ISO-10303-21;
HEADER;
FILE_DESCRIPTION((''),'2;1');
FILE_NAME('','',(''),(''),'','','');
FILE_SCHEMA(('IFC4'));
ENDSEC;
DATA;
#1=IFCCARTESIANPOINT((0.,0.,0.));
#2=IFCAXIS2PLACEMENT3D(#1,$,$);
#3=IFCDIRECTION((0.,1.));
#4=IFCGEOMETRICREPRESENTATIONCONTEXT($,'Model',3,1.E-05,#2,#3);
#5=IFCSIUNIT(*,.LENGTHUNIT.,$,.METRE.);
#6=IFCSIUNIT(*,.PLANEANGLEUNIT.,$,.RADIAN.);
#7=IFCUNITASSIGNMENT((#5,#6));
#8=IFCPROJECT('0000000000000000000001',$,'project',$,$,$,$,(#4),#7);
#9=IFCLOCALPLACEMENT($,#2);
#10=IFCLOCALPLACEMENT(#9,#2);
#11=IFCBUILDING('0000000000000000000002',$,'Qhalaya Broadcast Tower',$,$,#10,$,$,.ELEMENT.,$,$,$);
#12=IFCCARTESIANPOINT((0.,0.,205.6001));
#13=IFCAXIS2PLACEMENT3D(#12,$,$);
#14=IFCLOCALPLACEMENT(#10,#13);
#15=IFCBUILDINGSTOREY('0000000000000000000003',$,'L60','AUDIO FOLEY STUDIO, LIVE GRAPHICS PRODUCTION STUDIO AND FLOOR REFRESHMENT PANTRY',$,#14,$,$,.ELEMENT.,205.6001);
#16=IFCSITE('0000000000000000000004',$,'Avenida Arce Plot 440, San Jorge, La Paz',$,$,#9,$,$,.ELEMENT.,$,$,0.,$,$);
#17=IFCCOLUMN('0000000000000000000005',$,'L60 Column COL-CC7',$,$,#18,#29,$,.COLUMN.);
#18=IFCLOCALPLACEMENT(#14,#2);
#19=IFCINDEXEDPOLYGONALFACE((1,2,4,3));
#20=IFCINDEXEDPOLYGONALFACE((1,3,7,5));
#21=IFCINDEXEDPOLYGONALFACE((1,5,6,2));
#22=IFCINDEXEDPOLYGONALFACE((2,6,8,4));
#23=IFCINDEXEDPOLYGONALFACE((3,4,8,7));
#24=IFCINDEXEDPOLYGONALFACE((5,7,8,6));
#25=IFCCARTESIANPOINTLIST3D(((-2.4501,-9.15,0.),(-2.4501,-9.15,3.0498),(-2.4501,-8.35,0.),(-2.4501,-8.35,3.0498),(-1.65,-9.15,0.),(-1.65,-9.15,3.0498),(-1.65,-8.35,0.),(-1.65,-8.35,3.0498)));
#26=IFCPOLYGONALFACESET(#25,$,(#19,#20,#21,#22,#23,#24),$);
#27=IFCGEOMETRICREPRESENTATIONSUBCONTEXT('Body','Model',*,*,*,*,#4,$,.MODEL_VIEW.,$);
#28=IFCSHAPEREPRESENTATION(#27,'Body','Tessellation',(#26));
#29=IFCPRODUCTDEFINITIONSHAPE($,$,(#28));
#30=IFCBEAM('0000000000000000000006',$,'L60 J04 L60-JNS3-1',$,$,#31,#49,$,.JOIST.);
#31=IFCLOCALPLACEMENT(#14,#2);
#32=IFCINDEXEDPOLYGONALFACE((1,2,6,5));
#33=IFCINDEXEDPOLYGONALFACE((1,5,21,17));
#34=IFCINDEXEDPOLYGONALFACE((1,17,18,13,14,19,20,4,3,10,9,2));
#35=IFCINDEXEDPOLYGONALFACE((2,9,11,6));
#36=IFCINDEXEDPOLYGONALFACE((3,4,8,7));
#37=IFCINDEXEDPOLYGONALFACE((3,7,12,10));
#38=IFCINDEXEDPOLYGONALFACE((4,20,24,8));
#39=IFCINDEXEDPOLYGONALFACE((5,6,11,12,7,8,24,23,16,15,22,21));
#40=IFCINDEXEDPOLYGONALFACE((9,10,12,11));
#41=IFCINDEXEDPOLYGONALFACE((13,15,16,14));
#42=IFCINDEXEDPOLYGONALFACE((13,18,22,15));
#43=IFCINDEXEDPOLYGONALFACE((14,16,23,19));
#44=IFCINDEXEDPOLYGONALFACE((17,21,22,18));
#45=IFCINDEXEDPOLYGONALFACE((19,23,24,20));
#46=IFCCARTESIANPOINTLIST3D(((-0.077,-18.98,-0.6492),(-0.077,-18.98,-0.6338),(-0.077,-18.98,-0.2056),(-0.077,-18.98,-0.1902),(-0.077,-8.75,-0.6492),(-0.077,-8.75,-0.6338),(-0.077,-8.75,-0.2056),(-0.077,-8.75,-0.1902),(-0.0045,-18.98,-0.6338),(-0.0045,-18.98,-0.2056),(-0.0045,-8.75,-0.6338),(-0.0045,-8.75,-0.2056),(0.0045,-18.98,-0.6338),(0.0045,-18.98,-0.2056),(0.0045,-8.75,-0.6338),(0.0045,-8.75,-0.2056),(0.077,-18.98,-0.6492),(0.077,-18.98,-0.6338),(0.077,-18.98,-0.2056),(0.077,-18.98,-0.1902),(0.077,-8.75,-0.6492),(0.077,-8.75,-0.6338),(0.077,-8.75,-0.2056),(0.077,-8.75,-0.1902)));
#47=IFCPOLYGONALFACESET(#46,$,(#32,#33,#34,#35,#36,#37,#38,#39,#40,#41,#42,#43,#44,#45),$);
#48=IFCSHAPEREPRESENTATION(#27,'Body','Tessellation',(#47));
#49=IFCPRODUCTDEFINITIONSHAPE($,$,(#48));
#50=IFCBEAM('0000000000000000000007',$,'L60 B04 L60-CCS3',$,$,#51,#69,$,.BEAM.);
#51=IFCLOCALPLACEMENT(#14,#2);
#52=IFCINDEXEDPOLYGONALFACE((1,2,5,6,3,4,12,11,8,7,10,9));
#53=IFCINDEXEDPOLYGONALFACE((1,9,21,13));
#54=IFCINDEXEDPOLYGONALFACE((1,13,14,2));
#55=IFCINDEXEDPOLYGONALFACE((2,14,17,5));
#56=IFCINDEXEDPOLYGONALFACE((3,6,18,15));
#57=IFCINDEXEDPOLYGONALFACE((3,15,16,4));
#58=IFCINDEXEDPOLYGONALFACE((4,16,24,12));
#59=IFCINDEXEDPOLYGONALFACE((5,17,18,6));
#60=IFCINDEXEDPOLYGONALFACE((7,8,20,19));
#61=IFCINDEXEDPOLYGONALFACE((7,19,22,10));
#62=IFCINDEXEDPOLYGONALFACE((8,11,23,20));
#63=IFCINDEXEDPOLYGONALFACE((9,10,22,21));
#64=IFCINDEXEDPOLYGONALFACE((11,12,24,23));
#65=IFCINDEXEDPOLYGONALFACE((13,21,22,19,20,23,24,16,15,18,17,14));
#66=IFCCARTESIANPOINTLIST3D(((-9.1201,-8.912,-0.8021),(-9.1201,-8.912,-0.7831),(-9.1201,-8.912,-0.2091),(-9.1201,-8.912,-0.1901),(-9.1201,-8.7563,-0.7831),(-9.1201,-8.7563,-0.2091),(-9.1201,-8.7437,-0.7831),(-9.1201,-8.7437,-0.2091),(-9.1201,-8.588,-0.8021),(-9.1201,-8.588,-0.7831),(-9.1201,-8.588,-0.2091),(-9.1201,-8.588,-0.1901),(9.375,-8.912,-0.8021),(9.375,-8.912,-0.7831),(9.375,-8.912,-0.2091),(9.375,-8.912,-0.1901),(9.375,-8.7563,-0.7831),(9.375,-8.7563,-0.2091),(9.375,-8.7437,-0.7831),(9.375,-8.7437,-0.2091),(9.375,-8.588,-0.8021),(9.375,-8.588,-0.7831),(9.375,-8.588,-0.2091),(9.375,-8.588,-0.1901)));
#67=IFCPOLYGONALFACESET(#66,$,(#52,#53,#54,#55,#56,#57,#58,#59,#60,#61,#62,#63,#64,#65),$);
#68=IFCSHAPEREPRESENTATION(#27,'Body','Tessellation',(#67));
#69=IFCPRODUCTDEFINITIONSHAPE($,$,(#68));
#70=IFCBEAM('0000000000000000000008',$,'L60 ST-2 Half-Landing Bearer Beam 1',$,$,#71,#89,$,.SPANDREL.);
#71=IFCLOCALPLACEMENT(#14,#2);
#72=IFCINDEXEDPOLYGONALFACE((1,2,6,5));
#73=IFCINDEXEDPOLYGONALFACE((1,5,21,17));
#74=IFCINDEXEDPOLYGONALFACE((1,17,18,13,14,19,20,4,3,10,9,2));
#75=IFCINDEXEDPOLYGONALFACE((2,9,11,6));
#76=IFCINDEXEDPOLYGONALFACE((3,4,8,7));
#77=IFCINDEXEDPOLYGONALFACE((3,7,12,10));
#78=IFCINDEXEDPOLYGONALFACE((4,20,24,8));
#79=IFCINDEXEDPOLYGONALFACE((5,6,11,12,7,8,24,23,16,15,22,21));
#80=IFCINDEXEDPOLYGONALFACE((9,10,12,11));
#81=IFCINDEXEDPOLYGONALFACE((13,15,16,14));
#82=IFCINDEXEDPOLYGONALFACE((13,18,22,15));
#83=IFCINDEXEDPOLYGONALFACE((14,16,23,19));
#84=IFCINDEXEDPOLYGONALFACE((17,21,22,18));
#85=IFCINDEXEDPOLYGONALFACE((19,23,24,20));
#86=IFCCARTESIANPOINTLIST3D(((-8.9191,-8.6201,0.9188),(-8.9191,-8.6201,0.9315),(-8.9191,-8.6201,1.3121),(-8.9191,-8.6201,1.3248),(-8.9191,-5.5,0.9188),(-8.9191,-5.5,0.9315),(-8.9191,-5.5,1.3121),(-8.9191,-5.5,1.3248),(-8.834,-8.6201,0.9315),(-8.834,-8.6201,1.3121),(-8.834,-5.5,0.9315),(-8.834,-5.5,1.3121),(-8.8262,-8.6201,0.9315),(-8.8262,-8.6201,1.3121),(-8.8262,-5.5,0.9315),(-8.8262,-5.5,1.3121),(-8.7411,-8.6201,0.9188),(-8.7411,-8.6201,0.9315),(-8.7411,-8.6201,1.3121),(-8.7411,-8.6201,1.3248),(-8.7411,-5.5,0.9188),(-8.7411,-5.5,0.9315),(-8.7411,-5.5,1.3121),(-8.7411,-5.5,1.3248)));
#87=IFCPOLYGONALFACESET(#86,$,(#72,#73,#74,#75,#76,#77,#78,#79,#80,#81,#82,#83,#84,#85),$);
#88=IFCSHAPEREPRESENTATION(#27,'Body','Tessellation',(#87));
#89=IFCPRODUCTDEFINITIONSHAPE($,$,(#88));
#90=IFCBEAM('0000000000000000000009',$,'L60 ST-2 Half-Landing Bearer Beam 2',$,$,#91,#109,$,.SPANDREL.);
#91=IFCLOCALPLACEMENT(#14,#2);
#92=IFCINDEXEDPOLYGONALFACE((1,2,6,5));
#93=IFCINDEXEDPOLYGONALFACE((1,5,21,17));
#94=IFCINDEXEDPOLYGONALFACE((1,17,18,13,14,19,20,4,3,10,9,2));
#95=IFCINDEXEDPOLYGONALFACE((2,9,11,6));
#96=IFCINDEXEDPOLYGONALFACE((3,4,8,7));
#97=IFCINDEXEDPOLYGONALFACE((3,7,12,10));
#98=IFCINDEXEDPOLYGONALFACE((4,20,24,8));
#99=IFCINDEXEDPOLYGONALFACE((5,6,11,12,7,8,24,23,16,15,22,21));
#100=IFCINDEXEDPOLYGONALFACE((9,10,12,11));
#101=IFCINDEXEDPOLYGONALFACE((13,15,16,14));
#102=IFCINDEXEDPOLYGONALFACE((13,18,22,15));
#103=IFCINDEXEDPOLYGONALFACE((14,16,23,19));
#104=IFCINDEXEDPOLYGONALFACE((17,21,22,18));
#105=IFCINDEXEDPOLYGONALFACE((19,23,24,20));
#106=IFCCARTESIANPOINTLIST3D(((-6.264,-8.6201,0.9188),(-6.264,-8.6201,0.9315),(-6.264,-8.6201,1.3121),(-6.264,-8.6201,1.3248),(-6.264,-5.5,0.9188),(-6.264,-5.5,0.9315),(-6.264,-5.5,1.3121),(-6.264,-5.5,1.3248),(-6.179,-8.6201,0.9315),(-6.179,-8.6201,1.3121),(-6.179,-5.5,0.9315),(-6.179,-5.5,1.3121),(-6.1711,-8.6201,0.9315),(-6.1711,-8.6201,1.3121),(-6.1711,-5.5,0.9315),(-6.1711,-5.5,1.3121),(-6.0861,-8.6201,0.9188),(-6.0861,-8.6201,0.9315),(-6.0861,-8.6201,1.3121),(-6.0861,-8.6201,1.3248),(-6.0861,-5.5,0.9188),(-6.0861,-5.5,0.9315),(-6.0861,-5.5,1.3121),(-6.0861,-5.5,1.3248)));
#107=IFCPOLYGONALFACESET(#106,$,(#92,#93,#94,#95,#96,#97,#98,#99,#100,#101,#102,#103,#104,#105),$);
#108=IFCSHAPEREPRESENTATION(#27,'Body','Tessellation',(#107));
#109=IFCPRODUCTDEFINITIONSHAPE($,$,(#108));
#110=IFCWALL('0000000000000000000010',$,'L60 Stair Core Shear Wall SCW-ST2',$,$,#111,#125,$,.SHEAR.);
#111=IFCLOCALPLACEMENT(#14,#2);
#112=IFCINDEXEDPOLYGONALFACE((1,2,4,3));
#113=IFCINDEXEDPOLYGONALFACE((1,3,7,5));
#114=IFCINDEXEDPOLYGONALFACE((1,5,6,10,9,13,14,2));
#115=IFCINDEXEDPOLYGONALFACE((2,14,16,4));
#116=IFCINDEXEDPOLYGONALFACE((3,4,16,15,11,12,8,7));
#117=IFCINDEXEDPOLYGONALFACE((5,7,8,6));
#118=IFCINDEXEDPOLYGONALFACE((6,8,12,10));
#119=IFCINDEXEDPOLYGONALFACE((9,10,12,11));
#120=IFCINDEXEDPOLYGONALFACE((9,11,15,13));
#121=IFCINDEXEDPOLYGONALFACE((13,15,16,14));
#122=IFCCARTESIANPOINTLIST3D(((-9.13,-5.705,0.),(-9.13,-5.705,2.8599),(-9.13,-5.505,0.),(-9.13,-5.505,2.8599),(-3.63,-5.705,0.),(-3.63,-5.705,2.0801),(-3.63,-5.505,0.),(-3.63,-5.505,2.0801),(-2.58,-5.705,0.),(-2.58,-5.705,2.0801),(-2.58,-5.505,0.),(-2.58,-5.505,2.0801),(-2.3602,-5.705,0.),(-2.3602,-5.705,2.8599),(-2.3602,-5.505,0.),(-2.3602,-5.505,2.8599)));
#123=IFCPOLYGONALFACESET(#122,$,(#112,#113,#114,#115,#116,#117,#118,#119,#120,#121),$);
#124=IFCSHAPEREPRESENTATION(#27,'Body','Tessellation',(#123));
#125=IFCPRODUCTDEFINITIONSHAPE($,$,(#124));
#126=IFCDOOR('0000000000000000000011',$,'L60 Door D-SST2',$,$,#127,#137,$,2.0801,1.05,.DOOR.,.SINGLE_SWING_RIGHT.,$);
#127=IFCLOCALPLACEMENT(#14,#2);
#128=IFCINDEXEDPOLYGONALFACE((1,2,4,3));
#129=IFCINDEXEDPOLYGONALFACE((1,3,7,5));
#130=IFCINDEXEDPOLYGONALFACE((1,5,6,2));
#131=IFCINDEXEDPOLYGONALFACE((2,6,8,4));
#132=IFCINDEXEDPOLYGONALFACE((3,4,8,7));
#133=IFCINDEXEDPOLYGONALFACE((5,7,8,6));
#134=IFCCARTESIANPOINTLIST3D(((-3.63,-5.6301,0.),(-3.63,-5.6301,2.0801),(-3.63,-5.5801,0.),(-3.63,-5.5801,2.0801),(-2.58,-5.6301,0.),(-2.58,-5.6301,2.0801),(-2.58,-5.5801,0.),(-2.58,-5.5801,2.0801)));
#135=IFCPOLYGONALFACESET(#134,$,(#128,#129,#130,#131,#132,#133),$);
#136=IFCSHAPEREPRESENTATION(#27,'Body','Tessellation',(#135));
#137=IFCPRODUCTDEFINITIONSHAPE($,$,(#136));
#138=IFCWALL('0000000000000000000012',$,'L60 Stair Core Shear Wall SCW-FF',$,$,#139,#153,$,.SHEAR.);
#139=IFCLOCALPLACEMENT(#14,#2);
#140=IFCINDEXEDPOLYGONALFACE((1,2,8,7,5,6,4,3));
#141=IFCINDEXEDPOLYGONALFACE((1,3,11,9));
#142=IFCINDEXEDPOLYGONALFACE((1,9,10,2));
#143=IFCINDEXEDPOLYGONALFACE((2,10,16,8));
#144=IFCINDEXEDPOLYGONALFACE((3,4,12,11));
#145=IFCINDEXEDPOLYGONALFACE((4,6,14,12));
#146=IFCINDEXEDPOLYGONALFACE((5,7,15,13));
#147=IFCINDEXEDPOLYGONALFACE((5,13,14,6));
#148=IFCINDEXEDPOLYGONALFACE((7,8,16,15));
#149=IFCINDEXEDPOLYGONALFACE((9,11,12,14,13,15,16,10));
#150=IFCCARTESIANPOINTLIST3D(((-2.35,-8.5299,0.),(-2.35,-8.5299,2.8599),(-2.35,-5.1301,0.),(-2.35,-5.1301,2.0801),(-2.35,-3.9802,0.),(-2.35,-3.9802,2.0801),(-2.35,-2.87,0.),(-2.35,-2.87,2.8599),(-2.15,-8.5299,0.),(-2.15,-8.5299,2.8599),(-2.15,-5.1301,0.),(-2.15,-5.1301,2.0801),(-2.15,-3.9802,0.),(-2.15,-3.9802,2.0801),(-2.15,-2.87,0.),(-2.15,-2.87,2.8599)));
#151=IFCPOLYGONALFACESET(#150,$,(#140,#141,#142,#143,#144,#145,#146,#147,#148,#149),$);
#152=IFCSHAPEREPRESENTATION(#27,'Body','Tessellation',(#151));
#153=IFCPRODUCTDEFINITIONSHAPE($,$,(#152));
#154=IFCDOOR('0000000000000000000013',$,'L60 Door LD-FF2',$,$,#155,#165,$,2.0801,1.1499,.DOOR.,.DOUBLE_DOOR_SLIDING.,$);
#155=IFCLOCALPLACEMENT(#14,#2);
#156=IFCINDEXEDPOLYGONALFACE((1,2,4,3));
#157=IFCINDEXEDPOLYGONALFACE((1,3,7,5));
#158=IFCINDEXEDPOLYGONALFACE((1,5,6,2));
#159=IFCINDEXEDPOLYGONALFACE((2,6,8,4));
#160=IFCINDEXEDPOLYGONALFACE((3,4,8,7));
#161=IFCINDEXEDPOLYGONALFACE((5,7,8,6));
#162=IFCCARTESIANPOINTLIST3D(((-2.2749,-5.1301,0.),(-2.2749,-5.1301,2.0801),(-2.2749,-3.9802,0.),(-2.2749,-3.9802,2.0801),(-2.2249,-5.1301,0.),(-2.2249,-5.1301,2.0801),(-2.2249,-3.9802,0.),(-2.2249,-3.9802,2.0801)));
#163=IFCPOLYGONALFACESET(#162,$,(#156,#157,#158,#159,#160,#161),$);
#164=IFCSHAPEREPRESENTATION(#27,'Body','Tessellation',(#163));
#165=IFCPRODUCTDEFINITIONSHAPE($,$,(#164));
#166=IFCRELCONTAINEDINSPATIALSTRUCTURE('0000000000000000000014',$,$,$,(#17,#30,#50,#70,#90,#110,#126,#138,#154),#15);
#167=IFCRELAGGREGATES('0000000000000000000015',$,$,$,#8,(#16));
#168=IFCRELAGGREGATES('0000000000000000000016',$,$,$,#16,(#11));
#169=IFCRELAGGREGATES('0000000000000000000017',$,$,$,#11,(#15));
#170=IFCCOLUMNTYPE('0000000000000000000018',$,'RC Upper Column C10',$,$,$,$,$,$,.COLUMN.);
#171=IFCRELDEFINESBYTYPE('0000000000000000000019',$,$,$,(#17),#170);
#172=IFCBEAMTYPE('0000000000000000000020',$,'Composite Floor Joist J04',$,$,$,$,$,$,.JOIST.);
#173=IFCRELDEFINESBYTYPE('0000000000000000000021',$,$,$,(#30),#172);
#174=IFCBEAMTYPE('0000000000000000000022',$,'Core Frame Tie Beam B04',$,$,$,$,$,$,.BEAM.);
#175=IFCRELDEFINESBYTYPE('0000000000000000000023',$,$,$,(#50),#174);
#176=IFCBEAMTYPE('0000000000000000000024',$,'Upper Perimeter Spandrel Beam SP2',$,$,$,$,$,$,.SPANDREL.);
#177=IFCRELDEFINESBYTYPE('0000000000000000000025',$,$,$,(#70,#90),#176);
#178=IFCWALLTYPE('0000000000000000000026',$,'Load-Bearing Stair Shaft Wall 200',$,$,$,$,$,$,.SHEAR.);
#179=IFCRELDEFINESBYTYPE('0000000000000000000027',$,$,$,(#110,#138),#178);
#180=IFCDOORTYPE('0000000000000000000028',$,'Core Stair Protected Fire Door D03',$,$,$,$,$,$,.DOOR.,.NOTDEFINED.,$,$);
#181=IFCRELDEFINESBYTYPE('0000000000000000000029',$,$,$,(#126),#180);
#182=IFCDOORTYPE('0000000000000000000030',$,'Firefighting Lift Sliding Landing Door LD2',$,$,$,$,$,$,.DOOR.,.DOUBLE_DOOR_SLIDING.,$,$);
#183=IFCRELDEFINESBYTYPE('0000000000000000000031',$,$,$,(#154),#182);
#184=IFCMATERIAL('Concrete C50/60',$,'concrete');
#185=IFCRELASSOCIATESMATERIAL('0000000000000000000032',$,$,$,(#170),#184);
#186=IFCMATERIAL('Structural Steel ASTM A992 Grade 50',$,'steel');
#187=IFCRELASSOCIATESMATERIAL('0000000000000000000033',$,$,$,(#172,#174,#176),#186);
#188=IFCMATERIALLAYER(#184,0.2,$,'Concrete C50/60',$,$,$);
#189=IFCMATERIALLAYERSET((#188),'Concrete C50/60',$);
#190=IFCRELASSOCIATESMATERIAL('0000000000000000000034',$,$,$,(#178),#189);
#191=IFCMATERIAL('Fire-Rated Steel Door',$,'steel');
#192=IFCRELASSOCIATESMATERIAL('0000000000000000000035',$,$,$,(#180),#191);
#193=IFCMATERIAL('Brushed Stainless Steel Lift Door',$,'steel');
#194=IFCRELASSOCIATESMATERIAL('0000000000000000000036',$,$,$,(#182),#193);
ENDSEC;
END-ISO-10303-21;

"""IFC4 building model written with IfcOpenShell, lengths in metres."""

from ifc_helpers import new_model, si_unit, direction, frame, frame_2d, origin, origin_2d, place, context, subcontext, project, spatial, rectangle, i_section, extrude, material, layer, layer_set, material_profile, profile_set, type_object, element, fill, save


model = new_model("IFC4")

# Units and contexts
model_context = context("Model", 3, precision=1e-05, world=origin(), true_north=direction((0.0, 1.0)))
body_context = subcontext(model_context, "Body", "Model", "MODEL_VIEW")
ifc_project = project(units=[si_unit("LENGTHUNIT", "METRE"), si_unit("PLANEANGLEUNIT", "RADIAN")], contexts=[model_context])

# Site, building, storey
site_placement = place(None, origin())
site = spatial("IfcSite", under=ifc_project, at=site_placement, Name="Avenida Arce Plot 440, San Jorge, La Paz", CompositionType="ELEMENT", RefElevation=0.0)
building_placement = place(site_placement, origin())
building = spatial("IfcBuilding", under=site, at=building_placement, Name="Qhalaya Broadcast Tower", CompositionType="ELEMENT")
storey_placement = place(building_placement, frame((0.0, 0.0, 205.6001)))
storey = spatial("IfcBuildingStorey", under=building, at=storey_placement, Name="L60", Description="AUDIO FOLEY STUDIO, LIVE GRAPHICS PRODUCTION STUDIO AND FLOOR REFRESHMENT PANTRY", CompositionType="ELEMENT", Elevation=205.6001)

# Column
ifc_material_1 = material(Name="Concrete C50/60", Category="concrete")
ifc_material_profile_1 = material_profile(ifc_material_1, rectangle(XDim=0.8, YDim=0.8, at=origin_2d()), Name="RC-COL 800x800")
ifc_profile_set_1 = profile_set([ifc_material_profile_1], Name="Concrete C50/60")
column_type = type_object("IfcColumnType", Name="RC Upper Column C10", PredefinedType="COLUMN", material=ifc_profile_set_1)
column_placement = place(storey_placement, frame((-2.05, -8.75, 0.0), z_axis=(0.0, 0.0, 1.0), x_axis=(1.0, 0.0, 0.0)))
element("IfcColumn", 1, at=column_placement, inside=storey, type_object=column_type, Name="L60 Column COL-CC7", PredefinedType="COLUMN", context=body_context, shape_type="SweptSolid", body=[
    extrude(rectangle(XDim=0.8, YDim=0.8, at=origin_2d()), origin(), (0.0, 0.0, 1.0), 3.0498),
])

# Beams
ifc_material_2 = material(Name="Structural Steel ASTM A992 Grade 50", Category="steel")
ifc_material_profile_2 = material_profile(ifc_material_2, i_section(OverallWidth=0.1541, OverallDepth=0.459, WebThickness=0.009, FlangeThickness=0.0154, at=origin_2d()), Name="W18X46")
ifc_profile_set_2 = profile_set([ifc_material_profile_2], Name="Structural Steel ASTM A992 Grade 50")
beam_type_1 = type_object("IfcBeamType", Name="Composite Floor Joist J04", PredefinedType="JOIST", material=ifc_profile_set_2)
beam_1_placement = place(storey_placement, frame((0.0, -18.98, -0.4197), z_axis=(0.0, 1.0, 0.0), x_axis=(-1.0, 0.0, 0.0)))
element("IfcBeam", 2, at=beam_1_placement, inside=storey, type_object=beam_type_1, Name="L60 J04 L60-JNS3-1", PredefinedType="JOIST", context=body_context, shape_type="SweptSolid", body=[
    extrude(i_section(OverallWidth=0.1541, OverallDepth=0.459, WebThickness=0.009, FlangeThickness=0.0154, at=origin_2d()), origin(), (0.0, 0.0, 1.0), 10.23),
])
ifc_material_profile_3 = material_profile(ifc_material_2, i_section(OverallWidth=0.324, OverallDepth=0.6121, WebThickness=0.0127, FlangeThickness=0.019, at=origin_2d()), Name="W24X104")
ifc_profile_set_3 = profile_set([ifc_material_profile_3], Name="Structural Steel ASTM A992 Grade 50")
beam_type_2 = type_object("IfcBeamType", Name="Core Frame Tie Beam B04", PredefinedType="BEAM", material=ifc_profile_set_3)
beam_2_placement = place(storey_placement, frame((-9.1201, -8.75, -0.4961), z_axis=(1.0, 0.0, 0.0), x_axis=(0.0, 1.0, 0.0)))
element("IfcBeam", 3, at=beam_2_placement, inside=storey, type_object=beam_type_2, Name="L60 B04 L60-CCS3", PredefinedType="BEAM", context=body_context, shape_type="SweptSolid", body=[
    extrude(i_section(OverallWidth=0.324, OverallDepth=0.6121, WebThickness=0.0127, FlangeThickness=0.019, at=origin_2d()), origin(), (0.0, 0.0, 1.0), 18.4951),
])
ifc_material_profile_4 = material_profile(ifc_material_2, i_section(OverallWidth=0.178, OverallDepth=0.406, WebThickness=0.0078, FlangeThickness=0.0127, at=origin_2d()), Name="W16X40")
ifc_profile_set_4 = profile_set([ifc_material_profile_4], Name="Structural Steel ASTM A992 Grade 50")
beam_type_3 = type_object("IfcBeamType", Name="Upper Perimeter Spandrel Beam SP2", PredefinedType="SPANDREL", material=ifc_profile_set_4)
for number, where, z_axis, x_axis, name in (
    (4, (-8.8301, -8.6201, 1.1218), (0.0, 1.0, 0.0), (-1.0, 0.0, 0.0), "L60 ST-2 Half-Landing Bearer Beam 1"),
    (5, (-6.175, -8.6201, 1.1218), (0.0, 1.0, 0.0), (-1.0, 0.0, 0.0), "L60 ST-2 Half-Landing Bearer Beam 2"),
):
    element("IfcBeam", number, at=place(storey_placement, frame(where, z_axis=z_axis, x_axis=x_axis)), inside=storey, type_object=beam_type_3, Name=name, PredefinedType="SPANDREL", context=body_context, shape_type="SweptSolid", body=[
        extrude(i_section(OverallWidth=0.178, OverallDepth=0.406, WebThickness=0.0078, FlangeThickness=0.0127, at=origin_2d()), origin(), (0.0, 0.0, 1.0), 3.1201),
    ])

# Walls, openings, doors
ifc_layer_1 = layer(ifc_material_1, 0.2, Name="Concrete C50/60")
ifc_layer_set_1 = layer_set([ifc_layer_1], Name="Concrete C50/60")
wall_type_1 = type_object("IfcWallType", Name="Load-Bearing Stair Shaft Wall 200", PredefinedType="SHEAR", material=ifc_layer_set_1)
wall_1_placement = place(storey_placement, frame((-9.1299, -5.605, 0.0), z_axis=(0.0, 0.0, 1.0), x_axis=(1.0, 0.0, 0.0)))
wall_1 = element("IfcWall", 6, at=wall_1_placement, inside=storey, type_object=wall_type_1, Name="L60 Stair Core Shear Wall SCW-ST2", PredefinedType="SHEAR", context=body_context, shape_type="SweptSolid", body=[
    extrude(rectangle(XDim=6.7698, YDim=0.2, at=frame_2d((3.3848, 0.0))), origin(), (0.0, 0.0, 1.0), 2.8599),
])
opening_1_placement = place(wall_1_placement, frame((5.5, 0.0, 0.0)))
opening_1 = element("IfcOpeningElement", 7, at=opening_1_placement, cuts=wall_1, PredefinedType="OPENING", context=body_context, shape_type="SweptSolid", body=[
    extrude(rectangle(XDim=1.05, YDim=2.0801, at=frame_2d((0.5249, 1.04))), frame((0.0, 0.1121, 0.0), z_axis=(0.0, -1.0, 0.0), x_axis=(1.0, 0.0, 0.0)), (0.0, 0.0, 1.0), 0.2239),
])
ifc_material_3 = material(Name="Fire-Rated Steel Door", Category="steel")
door_type_1 = type_object("IfcDoorType", Name="Core Stair Protected Fire Door D03", OperationType="NOTDEFINED", PredefinedType="DOOR", material=ifc_material_3)
door_1_placement = place(opening_1_placement, origin())
door_1 = element("IfcDoor", 8, at=door_1_placement, inside=storey, type_object=door_type_1, Name="L60 Door D-SST2", OperationType="SINGLE_SWING_RIGHT", OverallHeight=2.0801, OverallWidth=1.05, PredefinedType="DOOR", context=body_context, shape_type="SweptSolid", body=[
    extrude(rectangle(XDim=1.05, YDim=2.0801, at=frame_2d((0.5249, 1.04))), frame((0.0, 0.0249, 0.0), z_axis=(0.0, -1.0, 0.0), x_axis=(1.0, 0.0, 0.0)), (0.0, 0.0, 1.0), 0.05),
])
fill(opening_1, door_1)
wall_2_placement = place(storey_placement, frame((-2.25, -8.53, 0.0), z_axis=(0.0, 0.0, 1.0), x_axis=(0.0, 1.0, 0.0)))
wall_2 = element("IfcWall", 9, at=wall_2_placement, inside=storey, type_object=wall_type_1, Name="L60 Stair Core Shear Wall SCW-FF", PredefinedType="SHEAR", context=body_context, shape_type="SweptSolid", body=[
    extrude(rectangle(XDim=5.6599, YDim=0.2, at=frame_2d((2.8301, 0.0))), origin(), (0.0, 0.0, 1.0), 2.8599),
])
opening_2_placement = place(wall_2_placement, frame((3.3999, 0.0, 0.0)))
opening_2 = element("IfcOpeningElement", 10, at=opening_2_placement, cuts=wall_2, PredefinedType="OPENING", context=body_context, shape_type="SweptSolid", body=[
    extrude(rectangle(XDim=1.1499, YDim=2.0801, at=frame_2d((0.575, 1.04))), frame((0.0, 0.1121, 0.0), z_axis=(0.0, -1.0, 0.0), x_axis=(1.0, 0.0, 0.0)), (0.0, 0.0, 1.0), 0.2239),
])
ifc_material_4 = material(Name="Brushed Stainless Steel Lift Door", Category="steel")
door_type_2 = type_object("IfcDoorType", Name="Firefighting Lift Sliding Landing Door LD2", OperationType="DOUBLE_DOOR_SLIDING", PredefinedType="DOOR", material=ifc_material_4)
door_2_placement = place(opening_2_placement, origin())
door_2 = element("IfcDoor", 11, at=door_2_placement, inside=storey, type_object=door_type_2, Name="L60 Door LD-FF2", OperationType="DOUBLE_DOOR_SLIDING", OverallHeight=2.0801, OverallWidth=1.1499, PredefinedType="DOOR", context=body_context, shape_type="SweptSolid", body=[
    extrude(rectangle(XDim=1.1499, YDim=2.0801, at=frame_2d((0.575, 1.04))), frame((0.0, 0.0249, 0.0), z_axis=(0.0, -1.0, 0.0), x_axis=(1.0, 0.0, 0.0)), (0.0, 0.0, 1.0), 0.05),
])
fill(opening_2, door_2)

save(model, "model.ifc")
